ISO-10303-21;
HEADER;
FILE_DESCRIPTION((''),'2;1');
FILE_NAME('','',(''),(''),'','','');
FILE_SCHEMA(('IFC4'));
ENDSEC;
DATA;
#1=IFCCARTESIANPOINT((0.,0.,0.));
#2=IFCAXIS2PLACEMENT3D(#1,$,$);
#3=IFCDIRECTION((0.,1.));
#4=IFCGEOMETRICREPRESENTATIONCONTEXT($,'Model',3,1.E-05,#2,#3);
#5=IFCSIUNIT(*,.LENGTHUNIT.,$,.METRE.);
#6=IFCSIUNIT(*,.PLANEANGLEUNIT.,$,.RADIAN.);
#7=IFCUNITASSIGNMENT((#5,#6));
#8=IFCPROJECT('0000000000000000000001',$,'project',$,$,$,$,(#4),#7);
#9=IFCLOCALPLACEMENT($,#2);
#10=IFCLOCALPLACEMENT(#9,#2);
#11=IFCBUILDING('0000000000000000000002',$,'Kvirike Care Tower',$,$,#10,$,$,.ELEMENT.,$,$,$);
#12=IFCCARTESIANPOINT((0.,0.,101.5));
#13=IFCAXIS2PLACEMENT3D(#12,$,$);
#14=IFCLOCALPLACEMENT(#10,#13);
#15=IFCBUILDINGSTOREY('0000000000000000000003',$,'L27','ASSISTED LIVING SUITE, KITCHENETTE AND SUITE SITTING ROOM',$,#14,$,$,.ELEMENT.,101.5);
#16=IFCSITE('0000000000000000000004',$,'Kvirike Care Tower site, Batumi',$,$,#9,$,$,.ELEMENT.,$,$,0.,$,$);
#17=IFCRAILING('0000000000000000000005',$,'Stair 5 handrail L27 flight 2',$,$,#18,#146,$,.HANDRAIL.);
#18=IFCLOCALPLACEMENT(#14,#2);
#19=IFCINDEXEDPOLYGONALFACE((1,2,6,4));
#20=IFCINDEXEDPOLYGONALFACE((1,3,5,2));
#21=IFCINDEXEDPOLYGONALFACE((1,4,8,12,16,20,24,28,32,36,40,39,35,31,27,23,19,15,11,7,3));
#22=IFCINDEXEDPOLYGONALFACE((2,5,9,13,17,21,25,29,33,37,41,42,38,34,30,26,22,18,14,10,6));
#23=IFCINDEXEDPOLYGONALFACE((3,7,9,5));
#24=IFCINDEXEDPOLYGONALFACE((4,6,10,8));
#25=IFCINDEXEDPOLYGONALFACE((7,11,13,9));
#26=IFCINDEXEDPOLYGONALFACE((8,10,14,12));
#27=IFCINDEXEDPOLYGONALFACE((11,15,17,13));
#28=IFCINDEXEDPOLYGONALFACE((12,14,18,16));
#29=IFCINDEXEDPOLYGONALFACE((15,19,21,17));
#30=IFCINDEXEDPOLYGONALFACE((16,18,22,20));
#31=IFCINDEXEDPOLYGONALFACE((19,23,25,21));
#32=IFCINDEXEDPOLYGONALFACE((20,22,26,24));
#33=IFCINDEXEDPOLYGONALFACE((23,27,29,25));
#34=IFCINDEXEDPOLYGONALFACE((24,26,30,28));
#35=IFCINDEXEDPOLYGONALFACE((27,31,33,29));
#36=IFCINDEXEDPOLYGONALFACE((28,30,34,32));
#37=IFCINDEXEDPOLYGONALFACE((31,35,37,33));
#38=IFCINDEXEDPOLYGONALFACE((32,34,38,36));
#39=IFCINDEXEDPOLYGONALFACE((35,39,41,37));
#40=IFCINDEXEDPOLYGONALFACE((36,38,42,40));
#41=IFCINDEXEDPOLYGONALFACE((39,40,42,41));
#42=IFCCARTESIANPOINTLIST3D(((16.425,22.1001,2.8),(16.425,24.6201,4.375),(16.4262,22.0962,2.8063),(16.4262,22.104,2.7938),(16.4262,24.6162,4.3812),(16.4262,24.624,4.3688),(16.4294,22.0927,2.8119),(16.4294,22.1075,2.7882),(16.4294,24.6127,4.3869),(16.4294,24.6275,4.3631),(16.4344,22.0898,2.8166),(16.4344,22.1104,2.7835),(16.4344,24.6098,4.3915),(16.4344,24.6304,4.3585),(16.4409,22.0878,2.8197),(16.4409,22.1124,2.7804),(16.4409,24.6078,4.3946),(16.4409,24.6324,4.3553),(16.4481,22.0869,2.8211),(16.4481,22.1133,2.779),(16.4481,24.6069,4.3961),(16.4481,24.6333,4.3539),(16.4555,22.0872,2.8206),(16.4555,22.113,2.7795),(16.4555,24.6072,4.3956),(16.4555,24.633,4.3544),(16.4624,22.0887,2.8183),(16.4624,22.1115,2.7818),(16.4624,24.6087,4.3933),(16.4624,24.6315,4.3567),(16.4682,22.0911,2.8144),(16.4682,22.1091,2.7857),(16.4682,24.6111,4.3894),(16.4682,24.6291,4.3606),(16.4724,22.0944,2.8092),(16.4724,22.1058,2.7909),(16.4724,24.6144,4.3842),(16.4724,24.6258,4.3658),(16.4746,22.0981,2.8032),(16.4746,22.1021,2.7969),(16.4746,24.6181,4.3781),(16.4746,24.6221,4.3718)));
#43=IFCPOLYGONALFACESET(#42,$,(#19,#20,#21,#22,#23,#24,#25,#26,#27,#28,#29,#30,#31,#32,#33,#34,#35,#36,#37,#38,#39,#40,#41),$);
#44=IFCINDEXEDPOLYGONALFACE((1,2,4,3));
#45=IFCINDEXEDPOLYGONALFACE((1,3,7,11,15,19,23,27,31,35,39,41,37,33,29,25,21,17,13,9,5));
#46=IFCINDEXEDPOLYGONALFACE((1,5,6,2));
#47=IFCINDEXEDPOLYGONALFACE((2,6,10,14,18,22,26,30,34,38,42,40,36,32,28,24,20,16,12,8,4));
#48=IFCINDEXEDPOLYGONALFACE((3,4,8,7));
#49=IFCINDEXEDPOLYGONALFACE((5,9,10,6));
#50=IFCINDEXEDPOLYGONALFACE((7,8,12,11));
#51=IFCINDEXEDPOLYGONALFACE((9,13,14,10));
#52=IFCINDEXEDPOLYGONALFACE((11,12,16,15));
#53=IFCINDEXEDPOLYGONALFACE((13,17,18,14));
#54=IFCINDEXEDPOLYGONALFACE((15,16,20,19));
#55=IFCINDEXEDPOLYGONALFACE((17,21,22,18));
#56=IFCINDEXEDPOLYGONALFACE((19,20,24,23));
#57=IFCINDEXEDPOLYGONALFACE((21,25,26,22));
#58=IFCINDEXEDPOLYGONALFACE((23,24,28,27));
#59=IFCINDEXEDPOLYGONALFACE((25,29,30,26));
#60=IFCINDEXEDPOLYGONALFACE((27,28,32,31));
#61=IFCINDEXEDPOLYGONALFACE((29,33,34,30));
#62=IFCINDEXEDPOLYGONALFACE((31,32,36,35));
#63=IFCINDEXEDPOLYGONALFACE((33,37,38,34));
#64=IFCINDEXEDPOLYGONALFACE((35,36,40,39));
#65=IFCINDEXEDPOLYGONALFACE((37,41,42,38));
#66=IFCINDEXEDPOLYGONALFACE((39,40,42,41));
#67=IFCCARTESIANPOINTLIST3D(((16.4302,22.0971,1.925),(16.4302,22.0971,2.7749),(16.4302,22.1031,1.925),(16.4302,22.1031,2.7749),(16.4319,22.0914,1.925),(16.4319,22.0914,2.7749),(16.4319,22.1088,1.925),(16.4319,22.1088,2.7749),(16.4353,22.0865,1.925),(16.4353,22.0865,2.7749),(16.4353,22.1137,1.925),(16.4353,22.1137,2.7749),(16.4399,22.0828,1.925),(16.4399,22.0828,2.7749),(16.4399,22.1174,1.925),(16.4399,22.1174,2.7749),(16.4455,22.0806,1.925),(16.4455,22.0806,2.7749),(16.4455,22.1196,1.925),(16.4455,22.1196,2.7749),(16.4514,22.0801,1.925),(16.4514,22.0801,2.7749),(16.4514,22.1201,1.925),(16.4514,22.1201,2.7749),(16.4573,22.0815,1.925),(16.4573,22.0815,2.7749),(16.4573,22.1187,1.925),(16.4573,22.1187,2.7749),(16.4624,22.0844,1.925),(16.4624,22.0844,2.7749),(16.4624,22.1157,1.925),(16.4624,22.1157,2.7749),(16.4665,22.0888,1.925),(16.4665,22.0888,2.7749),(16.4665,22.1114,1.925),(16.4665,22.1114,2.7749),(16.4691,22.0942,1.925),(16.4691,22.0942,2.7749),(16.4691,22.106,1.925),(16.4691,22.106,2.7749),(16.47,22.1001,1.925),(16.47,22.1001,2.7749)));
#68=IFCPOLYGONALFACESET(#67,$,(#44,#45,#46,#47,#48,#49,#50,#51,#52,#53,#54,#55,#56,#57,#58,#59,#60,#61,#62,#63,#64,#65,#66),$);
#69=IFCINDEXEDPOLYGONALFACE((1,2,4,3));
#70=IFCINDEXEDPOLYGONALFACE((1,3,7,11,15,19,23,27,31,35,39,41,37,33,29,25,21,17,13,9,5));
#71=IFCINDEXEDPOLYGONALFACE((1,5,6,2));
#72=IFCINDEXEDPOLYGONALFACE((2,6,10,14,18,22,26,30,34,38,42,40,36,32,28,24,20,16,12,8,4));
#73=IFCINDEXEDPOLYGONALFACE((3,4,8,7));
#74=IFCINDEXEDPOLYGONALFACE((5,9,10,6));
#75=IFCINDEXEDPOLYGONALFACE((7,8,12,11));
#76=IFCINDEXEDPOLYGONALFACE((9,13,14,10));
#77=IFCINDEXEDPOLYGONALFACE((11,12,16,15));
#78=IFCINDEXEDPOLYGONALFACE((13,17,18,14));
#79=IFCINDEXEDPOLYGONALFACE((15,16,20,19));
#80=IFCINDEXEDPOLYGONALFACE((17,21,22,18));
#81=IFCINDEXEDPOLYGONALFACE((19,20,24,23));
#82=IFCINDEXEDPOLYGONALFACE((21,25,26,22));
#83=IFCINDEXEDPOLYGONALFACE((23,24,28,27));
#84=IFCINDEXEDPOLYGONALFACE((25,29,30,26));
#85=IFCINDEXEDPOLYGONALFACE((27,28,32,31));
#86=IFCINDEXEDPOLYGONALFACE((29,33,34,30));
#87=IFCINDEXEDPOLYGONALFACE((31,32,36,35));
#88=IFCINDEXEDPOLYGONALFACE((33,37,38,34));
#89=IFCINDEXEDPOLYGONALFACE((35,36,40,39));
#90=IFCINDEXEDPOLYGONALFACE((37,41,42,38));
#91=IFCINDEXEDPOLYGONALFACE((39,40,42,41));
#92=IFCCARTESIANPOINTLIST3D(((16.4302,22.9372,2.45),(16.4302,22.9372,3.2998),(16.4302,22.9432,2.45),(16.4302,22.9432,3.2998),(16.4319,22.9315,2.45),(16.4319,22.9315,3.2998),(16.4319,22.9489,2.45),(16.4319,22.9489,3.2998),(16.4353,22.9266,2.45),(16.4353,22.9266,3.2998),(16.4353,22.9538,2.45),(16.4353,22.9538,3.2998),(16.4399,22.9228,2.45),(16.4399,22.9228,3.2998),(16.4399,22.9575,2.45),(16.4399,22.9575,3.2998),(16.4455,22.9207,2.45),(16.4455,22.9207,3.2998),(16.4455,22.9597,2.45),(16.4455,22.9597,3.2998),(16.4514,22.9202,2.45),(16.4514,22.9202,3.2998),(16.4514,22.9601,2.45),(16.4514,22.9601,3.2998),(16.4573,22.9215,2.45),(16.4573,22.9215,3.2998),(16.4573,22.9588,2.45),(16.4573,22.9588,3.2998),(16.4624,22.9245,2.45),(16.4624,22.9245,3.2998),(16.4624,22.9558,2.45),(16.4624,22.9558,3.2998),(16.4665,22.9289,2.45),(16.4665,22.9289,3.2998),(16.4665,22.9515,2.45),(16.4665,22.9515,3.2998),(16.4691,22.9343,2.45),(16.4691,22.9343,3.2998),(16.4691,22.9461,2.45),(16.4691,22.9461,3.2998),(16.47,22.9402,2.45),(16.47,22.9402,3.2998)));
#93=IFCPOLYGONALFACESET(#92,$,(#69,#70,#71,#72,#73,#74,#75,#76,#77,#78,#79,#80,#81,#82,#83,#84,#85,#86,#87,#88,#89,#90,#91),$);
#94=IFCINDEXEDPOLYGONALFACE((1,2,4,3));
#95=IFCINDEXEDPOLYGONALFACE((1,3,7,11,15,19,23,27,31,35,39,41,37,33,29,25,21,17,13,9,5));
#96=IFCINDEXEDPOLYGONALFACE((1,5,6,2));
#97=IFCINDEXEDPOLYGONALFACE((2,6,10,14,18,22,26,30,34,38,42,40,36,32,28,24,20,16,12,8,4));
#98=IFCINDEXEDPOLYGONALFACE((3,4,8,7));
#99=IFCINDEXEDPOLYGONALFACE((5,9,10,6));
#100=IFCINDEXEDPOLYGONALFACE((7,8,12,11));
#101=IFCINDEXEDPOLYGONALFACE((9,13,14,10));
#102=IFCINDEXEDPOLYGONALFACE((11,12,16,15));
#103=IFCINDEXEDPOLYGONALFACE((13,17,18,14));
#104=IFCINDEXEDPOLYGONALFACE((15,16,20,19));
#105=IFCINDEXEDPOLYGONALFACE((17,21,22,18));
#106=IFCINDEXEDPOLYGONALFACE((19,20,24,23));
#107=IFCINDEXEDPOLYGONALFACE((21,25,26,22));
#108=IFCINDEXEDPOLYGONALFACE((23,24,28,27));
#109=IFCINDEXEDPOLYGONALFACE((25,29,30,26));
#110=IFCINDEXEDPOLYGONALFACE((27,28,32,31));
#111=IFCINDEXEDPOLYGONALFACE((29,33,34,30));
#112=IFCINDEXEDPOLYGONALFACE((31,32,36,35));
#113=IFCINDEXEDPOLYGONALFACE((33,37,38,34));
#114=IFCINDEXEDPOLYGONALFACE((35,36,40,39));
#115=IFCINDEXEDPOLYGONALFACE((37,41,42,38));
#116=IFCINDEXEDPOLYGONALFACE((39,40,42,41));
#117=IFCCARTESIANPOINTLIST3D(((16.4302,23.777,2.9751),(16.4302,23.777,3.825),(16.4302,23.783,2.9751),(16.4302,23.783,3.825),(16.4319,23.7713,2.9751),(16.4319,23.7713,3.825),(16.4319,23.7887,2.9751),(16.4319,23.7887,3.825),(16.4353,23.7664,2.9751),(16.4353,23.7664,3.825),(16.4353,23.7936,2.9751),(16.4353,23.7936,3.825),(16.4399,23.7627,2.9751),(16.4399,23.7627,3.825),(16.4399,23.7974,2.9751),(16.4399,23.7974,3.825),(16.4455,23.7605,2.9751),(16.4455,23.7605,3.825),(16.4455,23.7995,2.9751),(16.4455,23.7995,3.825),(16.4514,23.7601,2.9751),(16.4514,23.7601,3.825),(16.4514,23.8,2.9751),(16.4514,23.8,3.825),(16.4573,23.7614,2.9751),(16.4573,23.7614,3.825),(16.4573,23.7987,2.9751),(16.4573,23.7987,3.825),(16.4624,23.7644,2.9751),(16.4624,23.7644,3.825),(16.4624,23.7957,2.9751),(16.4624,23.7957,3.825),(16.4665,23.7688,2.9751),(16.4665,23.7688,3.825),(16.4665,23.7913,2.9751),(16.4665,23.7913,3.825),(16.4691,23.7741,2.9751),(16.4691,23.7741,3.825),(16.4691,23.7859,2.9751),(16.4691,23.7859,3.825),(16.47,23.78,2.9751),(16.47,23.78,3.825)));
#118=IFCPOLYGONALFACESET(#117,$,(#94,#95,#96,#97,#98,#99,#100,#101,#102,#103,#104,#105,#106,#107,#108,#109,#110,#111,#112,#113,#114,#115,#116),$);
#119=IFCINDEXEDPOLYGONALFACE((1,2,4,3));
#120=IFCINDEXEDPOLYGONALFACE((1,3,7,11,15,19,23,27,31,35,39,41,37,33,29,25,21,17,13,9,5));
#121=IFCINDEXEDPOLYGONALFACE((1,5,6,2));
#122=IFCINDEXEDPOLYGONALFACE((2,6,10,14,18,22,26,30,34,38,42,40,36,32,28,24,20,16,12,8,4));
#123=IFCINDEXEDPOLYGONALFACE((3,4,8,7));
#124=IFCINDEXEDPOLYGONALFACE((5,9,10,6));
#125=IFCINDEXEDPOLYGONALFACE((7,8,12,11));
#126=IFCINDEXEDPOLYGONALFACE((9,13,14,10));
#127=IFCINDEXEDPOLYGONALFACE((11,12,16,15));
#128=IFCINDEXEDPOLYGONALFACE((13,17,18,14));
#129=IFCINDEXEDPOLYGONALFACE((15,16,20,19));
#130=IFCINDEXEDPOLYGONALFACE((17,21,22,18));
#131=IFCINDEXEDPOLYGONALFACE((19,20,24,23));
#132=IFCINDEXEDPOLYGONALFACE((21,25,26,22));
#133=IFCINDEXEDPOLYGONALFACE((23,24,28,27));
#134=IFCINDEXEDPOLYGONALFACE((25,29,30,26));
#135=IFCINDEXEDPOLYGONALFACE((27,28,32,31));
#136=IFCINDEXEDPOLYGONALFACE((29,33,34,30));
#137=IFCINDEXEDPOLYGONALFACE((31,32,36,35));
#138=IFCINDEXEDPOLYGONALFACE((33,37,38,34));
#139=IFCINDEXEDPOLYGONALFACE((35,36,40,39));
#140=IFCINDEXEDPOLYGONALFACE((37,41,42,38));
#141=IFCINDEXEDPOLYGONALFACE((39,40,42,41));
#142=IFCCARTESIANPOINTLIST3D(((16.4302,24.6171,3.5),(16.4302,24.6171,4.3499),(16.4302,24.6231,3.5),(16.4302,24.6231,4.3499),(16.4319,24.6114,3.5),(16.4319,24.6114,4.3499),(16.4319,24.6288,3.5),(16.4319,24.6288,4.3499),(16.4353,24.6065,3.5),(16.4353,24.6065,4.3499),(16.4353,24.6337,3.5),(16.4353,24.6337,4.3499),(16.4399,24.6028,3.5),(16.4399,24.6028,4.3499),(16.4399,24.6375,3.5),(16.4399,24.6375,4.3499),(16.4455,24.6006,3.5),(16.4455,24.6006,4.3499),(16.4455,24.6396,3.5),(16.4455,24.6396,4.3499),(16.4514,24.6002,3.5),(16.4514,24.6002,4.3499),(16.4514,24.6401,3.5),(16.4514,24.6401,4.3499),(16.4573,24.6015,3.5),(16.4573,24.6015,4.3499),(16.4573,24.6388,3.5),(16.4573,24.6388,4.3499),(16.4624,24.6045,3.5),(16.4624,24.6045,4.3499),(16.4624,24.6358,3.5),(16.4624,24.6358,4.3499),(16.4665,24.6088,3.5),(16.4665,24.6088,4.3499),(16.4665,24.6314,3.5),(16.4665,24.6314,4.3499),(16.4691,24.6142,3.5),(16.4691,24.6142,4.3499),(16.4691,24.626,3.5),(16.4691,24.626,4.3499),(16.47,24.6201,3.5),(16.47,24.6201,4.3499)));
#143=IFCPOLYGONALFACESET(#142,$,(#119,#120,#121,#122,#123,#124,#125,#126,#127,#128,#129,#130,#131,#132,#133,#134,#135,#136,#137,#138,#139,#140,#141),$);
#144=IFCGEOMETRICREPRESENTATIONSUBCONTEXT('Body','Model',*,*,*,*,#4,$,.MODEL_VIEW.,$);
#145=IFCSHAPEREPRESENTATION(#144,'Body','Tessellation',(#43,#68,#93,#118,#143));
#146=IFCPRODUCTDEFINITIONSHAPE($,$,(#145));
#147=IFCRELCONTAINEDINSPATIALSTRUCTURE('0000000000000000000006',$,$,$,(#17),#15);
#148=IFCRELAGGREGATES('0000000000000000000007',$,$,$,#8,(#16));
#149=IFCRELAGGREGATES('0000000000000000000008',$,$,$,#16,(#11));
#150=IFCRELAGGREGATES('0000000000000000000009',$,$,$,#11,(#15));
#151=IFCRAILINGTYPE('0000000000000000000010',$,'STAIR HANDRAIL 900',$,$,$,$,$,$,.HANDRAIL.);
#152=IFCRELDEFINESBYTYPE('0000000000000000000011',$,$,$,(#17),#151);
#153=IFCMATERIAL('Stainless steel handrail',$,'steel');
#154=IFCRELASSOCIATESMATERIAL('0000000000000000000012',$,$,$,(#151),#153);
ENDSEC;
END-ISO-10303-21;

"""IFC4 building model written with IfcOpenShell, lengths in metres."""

from ifc_helpers import new_model, si_unit, direction, frame, origin, origin_2d, place, context, subcontext, project, spatial, circle, extrude, material, type_object, element, save


model = new_model("IFC4")

# Units and contexts
model_context = context("Model", 3, precision=1e-05, world=origin(), true_north=direction((0.0, 1.0)))
body_context = subcontext(model_context, "Body", "Model", "MODEL_VIEW")
ifc_project = project(units=[si_unit("LENGTHUNIT", "METRE"), si_unit("PLANEANGLEUNIT", "RADIAN")], contexts=[model_context])

# Site, building, storey
site_placement = place(None, origin())
site = spatial("IfcSite", under=ifc_project, at=site_placement, Name="Kvirike Care Tower site, Batumi", CompositionType="ELEMENT", RefElevation=0.0)
building_placement = place(site_placement, origin())
building = spatial("IfcBuilding", under=site, at=building_placement, Name="Kvirike Care Tower", CompositionType="ELEMENT")
storey_placement = place(building_placement, frame((0.0, 0.0, 101.5)))
storey = spatial("IfcBuildingStorey", under=building, at=storey_placement, Name="L27", Description="ASSISTED LIVING SUITE, KITCHENETTE AND SUITE SITTING ROOM", CompositionType="ELEMENT", Elevation=101.5)

# Railing
ifc_material_1 = material(Name="Stainless steel handrail", Category="steel")
railing_type = type_object("IfcRailingType", Name="STAIR HANDRAIL 900", PredefinedType="HANDRAIL", material=ifc_material_1)
railing_placement = place(storey_placement, frame((16.45, 22.1001, 1.925)))
element("IfcRailing", 1, at=railing_placement, inside=storey, type_object=railing_type, Name="Stair 5 handrail L27 flight 2", PredefinedType="HANDRAIL", context=body_context, shape_type="SweptSolid", body=[
    extrude(circle(Radius=0.0249, at=origin_2d()), frame((0.0, 0.0, 0.875), z_axis=(0.0, 0.848008, 0.529984), x_axis=(-1.0, 0.0, 0.0)), (0.0, 0.0, 1.0), 2.9717),
    extrude(circle(Radius=0.02, at=origin_2d()), origin(), (0.0, 0.0, 1.0), 0.8499),
    extrude(circle(Radius=0.02, at=origin_2d()), frame((0.0, 0.8401, 0.5249)), (0.0, 0.0, 1.0), 0.8499),
    extrude(circle(Radius=0.02, at=origin_2d()), frame((0.0, 1.6799, 1.05)), (0.0, 0.0, 1.0), 0.8499),
    extrude(circle(Radius=0.02, at=origin_2d()), frame((0.0, 2.52, 1.575)), (0.0, 0.0, 1.0), 0.8499),
])

save(model, "model.ifc")
